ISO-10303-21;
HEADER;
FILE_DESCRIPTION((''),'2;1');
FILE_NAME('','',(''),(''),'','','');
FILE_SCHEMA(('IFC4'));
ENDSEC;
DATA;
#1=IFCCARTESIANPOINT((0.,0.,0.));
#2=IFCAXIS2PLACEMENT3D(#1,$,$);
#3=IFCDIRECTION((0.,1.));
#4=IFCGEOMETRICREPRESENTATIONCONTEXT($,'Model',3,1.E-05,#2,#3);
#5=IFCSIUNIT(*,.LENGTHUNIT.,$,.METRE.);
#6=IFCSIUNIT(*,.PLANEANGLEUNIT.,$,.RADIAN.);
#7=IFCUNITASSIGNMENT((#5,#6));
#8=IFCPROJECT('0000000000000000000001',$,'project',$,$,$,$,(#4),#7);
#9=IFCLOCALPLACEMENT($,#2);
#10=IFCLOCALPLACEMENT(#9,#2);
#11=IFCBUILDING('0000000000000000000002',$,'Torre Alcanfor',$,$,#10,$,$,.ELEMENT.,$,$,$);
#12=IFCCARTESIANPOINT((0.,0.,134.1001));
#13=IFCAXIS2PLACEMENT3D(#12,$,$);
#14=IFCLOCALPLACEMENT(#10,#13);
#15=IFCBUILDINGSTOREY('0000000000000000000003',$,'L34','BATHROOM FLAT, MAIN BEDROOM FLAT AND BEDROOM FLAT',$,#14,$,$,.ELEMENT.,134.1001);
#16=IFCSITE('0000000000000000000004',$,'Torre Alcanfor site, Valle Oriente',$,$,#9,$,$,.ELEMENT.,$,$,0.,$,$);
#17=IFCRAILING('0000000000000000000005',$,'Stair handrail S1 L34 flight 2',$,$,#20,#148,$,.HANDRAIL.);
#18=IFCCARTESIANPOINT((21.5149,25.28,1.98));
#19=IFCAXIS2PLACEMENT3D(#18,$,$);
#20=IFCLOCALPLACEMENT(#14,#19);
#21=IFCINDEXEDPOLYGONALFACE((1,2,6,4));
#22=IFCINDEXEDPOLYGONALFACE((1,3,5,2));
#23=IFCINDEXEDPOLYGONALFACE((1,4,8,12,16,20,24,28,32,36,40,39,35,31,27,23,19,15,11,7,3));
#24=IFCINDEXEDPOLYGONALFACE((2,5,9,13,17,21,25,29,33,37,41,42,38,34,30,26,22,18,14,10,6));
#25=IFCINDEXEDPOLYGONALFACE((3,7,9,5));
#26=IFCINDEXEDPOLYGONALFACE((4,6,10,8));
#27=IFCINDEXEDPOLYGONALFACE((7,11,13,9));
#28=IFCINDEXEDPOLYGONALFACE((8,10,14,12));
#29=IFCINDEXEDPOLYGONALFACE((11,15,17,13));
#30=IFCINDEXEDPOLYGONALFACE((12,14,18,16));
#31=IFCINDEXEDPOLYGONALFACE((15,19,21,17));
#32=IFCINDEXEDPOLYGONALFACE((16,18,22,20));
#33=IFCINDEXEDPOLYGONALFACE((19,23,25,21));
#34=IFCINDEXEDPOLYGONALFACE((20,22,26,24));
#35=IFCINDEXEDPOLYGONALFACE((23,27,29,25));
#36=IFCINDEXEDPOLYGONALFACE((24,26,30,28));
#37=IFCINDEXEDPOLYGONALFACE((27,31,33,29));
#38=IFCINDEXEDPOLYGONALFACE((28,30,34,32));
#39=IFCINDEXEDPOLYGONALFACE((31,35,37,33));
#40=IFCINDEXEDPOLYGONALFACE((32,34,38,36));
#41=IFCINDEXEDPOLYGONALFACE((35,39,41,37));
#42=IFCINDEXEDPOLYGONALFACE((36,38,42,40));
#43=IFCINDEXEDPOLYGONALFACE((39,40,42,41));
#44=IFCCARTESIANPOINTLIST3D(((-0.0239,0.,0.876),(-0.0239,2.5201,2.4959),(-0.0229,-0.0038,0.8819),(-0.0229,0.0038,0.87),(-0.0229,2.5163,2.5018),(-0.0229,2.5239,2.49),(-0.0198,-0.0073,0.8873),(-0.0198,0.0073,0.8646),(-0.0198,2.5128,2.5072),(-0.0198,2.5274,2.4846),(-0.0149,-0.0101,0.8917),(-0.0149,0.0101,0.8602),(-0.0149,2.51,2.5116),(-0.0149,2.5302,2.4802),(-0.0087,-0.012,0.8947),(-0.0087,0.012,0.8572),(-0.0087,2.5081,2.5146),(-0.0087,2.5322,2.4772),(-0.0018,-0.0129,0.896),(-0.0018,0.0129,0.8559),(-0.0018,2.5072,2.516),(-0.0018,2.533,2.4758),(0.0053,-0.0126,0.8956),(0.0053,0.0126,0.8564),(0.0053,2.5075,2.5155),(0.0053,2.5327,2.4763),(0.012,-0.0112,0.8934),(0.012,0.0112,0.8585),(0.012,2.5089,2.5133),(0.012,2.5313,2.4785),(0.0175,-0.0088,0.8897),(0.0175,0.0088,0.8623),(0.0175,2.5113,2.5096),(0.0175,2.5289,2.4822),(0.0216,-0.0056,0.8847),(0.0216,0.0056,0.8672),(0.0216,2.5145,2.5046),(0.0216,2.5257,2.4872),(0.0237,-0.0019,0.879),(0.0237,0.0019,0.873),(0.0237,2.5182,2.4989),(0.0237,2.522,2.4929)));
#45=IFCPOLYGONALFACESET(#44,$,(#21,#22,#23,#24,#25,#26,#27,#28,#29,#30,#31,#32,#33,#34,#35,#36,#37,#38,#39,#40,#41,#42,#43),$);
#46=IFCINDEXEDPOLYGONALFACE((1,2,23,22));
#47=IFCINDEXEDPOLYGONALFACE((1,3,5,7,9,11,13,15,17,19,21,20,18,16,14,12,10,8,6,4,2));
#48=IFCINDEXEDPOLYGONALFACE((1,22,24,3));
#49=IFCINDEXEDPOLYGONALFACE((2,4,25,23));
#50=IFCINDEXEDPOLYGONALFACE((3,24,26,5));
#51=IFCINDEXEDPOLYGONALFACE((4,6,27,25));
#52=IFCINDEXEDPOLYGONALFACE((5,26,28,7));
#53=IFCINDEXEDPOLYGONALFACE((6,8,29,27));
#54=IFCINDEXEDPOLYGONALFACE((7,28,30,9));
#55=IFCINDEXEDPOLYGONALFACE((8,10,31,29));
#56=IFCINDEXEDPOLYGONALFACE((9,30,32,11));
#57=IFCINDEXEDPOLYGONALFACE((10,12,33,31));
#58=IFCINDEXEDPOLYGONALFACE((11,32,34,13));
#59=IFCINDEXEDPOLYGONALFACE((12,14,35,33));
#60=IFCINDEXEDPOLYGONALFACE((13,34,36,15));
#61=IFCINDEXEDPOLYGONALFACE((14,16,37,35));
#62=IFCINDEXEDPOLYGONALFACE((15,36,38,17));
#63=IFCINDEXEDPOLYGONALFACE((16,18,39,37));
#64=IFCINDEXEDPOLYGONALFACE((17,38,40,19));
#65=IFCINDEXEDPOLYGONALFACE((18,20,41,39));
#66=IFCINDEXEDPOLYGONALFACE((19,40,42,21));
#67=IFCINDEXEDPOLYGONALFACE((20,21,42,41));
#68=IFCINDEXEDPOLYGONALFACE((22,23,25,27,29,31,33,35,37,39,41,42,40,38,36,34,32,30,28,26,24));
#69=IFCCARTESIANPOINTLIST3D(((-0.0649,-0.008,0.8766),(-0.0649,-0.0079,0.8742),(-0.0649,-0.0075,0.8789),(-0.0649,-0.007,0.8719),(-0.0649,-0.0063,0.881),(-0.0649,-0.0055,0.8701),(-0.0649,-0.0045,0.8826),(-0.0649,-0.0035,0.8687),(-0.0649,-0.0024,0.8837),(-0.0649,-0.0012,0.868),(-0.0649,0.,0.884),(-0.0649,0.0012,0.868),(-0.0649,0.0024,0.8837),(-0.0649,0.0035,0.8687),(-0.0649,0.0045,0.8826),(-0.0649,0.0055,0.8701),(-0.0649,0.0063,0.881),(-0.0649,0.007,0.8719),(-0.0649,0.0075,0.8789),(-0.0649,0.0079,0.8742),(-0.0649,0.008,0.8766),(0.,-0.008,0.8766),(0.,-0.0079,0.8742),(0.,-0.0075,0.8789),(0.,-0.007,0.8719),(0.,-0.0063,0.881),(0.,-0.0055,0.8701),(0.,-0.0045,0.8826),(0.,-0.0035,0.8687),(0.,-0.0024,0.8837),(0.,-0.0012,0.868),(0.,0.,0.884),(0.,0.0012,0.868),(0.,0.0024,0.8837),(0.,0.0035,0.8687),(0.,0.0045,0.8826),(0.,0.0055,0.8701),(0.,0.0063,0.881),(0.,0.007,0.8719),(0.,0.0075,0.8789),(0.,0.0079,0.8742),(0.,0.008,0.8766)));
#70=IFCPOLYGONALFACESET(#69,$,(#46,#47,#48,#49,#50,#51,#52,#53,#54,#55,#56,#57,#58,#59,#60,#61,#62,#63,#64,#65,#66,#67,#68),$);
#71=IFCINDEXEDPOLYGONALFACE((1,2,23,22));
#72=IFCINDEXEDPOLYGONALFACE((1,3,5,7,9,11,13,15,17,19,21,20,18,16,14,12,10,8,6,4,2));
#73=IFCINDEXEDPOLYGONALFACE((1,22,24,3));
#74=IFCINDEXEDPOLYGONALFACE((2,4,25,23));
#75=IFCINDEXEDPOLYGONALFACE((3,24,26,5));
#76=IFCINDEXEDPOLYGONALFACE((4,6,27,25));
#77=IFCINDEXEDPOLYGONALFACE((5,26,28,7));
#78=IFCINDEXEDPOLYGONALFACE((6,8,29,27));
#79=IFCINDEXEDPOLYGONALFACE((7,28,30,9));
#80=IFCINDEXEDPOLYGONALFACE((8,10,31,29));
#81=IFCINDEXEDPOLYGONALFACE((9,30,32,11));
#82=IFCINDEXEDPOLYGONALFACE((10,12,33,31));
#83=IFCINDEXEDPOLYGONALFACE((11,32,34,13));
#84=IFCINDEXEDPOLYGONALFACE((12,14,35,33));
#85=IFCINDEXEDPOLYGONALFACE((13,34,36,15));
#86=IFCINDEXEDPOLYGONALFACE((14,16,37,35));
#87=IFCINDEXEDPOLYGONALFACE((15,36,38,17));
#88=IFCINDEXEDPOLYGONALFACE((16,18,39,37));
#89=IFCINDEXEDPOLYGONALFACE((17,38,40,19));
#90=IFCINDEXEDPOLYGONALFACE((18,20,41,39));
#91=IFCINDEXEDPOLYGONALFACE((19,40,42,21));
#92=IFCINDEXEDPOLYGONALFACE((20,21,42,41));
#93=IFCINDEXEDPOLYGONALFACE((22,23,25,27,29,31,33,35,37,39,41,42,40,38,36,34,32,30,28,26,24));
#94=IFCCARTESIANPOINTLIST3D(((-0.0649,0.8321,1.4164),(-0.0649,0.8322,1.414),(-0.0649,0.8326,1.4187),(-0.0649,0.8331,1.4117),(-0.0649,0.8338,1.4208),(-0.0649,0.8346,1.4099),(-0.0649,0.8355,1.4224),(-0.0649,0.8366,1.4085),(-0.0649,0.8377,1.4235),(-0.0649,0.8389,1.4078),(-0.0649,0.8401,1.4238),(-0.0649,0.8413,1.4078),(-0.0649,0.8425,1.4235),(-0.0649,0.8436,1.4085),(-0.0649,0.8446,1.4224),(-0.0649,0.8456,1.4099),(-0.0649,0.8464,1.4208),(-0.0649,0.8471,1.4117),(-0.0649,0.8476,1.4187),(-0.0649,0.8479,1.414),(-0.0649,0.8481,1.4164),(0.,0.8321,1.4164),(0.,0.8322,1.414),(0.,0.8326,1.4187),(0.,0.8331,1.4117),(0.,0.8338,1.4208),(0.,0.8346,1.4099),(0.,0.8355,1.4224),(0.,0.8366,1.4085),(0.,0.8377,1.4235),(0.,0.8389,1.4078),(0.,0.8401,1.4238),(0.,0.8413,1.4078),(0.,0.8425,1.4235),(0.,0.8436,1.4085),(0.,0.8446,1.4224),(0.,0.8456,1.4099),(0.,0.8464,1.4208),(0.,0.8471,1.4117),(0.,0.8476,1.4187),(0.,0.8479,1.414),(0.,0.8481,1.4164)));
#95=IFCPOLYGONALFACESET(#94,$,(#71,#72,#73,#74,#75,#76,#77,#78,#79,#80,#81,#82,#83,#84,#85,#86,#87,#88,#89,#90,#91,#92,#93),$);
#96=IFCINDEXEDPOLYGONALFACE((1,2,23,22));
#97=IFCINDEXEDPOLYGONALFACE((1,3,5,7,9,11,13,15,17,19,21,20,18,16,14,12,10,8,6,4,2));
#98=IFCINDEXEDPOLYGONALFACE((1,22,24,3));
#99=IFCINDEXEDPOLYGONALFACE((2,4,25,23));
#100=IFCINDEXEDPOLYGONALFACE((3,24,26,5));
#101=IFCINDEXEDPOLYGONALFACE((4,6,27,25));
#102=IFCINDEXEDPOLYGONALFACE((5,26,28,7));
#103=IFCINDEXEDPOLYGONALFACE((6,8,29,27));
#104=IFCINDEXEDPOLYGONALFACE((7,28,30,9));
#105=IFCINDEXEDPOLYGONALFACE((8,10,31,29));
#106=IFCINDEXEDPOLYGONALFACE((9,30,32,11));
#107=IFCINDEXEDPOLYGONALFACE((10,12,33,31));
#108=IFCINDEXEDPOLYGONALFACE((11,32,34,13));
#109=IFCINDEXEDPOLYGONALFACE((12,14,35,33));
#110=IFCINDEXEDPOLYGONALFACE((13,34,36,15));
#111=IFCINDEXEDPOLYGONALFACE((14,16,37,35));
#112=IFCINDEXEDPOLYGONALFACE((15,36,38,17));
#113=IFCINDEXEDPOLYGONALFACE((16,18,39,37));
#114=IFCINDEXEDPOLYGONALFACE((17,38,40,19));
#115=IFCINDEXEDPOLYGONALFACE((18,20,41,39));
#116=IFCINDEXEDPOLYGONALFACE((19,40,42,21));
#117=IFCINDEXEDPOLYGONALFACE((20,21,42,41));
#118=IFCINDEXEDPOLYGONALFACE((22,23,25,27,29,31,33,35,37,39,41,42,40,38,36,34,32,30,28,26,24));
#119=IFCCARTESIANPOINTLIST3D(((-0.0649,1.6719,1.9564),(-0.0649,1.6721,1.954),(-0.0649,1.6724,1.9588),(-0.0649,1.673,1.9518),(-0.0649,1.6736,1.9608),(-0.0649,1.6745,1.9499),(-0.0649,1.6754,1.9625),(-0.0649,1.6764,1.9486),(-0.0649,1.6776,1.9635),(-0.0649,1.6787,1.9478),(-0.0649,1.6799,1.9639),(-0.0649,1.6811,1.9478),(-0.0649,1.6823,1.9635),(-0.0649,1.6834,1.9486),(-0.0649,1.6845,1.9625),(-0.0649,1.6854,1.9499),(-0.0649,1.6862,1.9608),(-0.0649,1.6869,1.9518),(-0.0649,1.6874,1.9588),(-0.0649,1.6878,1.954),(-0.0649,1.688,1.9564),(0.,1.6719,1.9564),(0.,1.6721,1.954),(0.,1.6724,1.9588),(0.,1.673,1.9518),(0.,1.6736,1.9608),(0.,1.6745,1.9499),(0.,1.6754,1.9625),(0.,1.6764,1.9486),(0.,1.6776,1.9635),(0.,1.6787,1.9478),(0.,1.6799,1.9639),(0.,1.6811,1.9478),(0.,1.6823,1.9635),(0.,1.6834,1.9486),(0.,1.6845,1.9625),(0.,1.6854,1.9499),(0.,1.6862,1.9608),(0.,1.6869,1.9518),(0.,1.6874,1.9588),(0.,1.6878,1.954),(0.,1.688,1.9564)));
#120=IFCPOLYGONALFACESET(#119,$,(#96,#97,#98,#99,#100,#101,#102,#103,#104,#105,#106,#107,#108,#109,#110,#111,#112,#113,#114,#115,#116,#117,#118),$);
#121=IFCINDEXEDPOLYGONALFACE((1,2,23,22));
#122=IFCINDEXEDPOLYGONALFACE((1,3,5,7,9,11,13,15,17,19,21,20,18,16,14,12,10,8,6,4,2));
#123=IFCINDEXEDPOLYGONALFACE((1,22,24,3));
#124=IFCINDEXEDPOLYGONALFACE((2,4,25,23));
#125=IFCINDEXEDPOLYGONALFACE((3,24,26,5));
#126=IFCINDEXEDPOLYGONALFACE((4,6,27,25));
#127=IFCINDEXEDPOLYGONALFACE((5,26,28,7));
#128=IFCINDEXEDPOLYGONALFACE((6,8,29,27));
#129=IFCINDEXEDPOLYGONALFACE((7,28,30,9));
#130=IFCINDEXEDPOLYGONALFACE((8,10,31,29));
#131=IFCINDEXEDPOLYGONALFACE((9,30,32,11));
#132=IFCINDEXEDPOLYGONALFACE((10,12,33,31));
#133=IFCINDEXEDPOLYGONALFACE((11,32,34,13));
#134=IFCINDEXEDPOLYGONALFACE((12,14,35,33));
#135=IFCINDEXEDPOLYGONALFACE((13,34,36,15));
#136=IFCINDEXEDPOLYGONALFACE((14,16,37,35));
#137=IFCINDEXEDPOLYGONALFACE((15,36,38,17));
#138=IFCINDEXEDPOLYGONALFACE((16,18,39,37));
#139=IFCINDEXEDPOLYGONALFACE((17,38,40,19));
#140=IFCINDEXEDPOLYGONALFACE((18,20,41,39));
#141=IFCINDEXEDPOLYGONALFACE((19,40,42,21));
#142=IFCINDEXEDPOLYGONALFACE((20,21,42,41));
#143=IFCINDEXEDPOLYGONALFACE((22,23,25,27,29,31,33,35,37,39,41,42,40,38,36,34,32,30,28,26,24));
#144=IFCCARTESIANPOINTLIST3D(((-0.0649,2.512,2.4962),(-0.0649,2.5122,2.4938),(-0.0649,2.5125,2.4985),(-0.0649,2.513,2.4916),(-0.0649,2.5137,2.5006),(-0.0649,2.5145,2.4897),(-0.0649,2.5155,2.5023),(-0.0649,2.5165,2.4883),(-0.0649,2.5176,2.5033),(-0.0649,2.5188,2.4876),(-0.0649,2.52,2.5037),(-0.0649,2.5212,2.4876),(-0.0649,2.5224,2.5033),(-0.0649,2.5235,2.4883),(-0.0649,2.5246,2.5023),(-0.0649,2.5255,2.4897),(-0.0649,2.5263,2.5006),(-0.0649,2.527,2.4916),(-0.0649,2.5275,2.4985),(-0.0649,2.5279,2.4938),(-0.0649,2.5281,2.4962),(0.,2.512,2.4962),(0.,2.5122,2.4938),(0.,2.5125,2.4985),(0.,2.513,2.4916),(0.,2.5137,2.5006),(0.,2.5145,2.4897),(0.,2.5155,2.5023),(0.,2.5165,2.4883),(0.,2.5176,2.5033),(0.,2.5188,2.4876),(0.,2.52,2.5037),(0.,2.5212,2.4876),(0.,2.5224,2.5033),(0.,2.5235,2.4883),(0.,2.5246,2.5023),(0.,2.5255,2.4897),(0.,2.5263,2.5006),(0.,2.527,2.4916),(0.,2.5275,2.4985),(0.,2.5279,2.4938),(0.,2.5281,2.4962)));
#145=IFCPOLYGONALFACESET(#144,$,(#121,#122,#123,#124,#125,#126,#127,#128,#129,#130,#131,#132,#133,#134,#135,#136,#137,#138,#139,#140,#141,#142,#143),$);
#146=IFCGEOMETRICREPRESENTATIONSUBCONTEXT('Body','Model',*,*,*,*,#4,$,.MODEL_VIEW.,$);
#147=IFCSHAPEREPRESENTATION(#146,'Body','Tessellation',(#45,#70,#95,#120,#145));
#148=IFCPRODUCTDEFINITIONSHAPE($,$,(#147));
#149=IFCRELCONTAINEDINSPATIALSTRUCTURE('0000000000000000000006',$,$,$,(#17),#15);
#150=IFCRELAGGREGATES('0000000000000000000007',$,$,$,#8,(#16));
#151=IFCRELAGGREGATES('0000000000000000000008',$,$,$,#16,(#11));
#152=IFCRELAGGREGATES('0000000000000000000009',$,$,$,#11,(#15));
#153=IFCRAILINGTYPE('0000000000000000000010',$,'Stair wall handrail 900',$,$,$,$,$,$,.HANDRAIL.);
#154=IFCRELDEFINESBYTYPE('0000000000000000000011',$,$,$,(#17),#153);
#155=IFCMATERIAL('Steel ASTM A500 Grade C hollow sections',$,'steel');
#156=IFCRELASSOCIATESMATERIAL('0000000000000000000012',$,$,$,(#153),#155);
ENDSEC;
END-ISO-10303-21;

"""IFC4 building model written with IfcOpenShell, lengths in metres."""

from ifc_helpers import new_model, si_unit, direction, frame, origin, origin_2d, place, context, subcontext, project, spatial, circle, extrude, material, type_object, element, save


model = new_model("IFC4")

# Units and contexts
model_context = context("Model", 3, precision=1e-05, world=origin(), true_north=direction((0.0, 1.0)))
body_context = subcontext(model_context, "Body", "Model", "MODEL_VIEW")
ifc_project = project(units=[si_unit("LENGTHUNIT", "METRE"), si_unit("PLANEANGLEUNIT", "RADIAN")], contexts=[model_context])

# Site, building, storey
site_placement = place(None, origin())
site = spatial("IfcSite", under=ifc_project, at=site_placement, Name="Torre Alcanfor site, Valle Oriente", CompositionType="ELEMENT", RefElevation=0.0)
building_placement = place(site_placement, origin())
building = spatial("IfcBuilding", under=site, at=building_placement, Name="Torre Alcanfor", CompositionType="ELEMENT")
storey_placement = place(building_placement, frame((0.0, 0.0, 134.1001)))
storey = spatial("IfcBuildingStorey", under=building, at=storey_placement, Name="L34", Description="BATHROOM FLAT, MAIN BEDROOM FLAT AND BEDROOM FLAT", CompositionType="ELEMENT", Elevation=134.1001)

# Railing
ifc_material_1 = material(Name="Steel ASTM A500 Grade C hollow sections", Category="steel")
railing_type_1 = type_object("IfcRailingType", Name="Stair wall handrail 900", PredefinedType="HANDRAIL", material=ifc_material_1)
railing_1_placement = place(storey_placement, frame((21.5149, 25.28, 1.98)))
element("IfcRailing", 1, at=railing_1_placement, inside=storey, type_object=railing_type_1, Name="Stair handrail S1 L34 flight 2", PredefinedType="HANDRAIL", context=body_context, shape_type="SweptSolid", body=[
    extrude(circle(Radius=0.0239, at=origin_2d()), frame((0.0, 0.0, 0.876), z_axis=(0.0, 0.8412, 0.540725), x_axis=(-1.0, 0.0, 0.0)), (0.0, 0.0, 1.0), 2.9958),
    extrude(circle(Radius=0.0081, at=origin_2d()), frame((0.0, 0.0, 0.876), z_axis=(-1.0, 0.0, 0.0), x_axis=(0.0, 0.0, 1.0)), (0.0, 0.0, 1.0), 0.0649),
    extrude(circle(Radius=0.0081, at=origin_2d()), frame((0.0, 0.8401, 1.4158), z_axis=(-1.0, 0.0, 0.0), x_axis=(0.0, 0.0, 1.0)), (0.0, 0.0, 1.0), 0.0649),
    extrude(circle(Radius=0.0081, at=origin_2d()), frame((0.0, 1.6799, 1.9558), z_axis=(-1.0, 0.0, 0.0), x_axis=(0.0, 0.0, 1.0)), (0.0, 0.0, 1.0), 0.0649),
    extrude(circle(Radius=0.0081, at=origin_2d()), frame((0.0, 2.52, 2.4956), z_axis=(-1.0, 0.0, 0.0), x_axis=(0.0, 0.0, 1.0)), (0.0, 0.0, 1.0), 0.0649),
])

save(model, "model.ifc")
